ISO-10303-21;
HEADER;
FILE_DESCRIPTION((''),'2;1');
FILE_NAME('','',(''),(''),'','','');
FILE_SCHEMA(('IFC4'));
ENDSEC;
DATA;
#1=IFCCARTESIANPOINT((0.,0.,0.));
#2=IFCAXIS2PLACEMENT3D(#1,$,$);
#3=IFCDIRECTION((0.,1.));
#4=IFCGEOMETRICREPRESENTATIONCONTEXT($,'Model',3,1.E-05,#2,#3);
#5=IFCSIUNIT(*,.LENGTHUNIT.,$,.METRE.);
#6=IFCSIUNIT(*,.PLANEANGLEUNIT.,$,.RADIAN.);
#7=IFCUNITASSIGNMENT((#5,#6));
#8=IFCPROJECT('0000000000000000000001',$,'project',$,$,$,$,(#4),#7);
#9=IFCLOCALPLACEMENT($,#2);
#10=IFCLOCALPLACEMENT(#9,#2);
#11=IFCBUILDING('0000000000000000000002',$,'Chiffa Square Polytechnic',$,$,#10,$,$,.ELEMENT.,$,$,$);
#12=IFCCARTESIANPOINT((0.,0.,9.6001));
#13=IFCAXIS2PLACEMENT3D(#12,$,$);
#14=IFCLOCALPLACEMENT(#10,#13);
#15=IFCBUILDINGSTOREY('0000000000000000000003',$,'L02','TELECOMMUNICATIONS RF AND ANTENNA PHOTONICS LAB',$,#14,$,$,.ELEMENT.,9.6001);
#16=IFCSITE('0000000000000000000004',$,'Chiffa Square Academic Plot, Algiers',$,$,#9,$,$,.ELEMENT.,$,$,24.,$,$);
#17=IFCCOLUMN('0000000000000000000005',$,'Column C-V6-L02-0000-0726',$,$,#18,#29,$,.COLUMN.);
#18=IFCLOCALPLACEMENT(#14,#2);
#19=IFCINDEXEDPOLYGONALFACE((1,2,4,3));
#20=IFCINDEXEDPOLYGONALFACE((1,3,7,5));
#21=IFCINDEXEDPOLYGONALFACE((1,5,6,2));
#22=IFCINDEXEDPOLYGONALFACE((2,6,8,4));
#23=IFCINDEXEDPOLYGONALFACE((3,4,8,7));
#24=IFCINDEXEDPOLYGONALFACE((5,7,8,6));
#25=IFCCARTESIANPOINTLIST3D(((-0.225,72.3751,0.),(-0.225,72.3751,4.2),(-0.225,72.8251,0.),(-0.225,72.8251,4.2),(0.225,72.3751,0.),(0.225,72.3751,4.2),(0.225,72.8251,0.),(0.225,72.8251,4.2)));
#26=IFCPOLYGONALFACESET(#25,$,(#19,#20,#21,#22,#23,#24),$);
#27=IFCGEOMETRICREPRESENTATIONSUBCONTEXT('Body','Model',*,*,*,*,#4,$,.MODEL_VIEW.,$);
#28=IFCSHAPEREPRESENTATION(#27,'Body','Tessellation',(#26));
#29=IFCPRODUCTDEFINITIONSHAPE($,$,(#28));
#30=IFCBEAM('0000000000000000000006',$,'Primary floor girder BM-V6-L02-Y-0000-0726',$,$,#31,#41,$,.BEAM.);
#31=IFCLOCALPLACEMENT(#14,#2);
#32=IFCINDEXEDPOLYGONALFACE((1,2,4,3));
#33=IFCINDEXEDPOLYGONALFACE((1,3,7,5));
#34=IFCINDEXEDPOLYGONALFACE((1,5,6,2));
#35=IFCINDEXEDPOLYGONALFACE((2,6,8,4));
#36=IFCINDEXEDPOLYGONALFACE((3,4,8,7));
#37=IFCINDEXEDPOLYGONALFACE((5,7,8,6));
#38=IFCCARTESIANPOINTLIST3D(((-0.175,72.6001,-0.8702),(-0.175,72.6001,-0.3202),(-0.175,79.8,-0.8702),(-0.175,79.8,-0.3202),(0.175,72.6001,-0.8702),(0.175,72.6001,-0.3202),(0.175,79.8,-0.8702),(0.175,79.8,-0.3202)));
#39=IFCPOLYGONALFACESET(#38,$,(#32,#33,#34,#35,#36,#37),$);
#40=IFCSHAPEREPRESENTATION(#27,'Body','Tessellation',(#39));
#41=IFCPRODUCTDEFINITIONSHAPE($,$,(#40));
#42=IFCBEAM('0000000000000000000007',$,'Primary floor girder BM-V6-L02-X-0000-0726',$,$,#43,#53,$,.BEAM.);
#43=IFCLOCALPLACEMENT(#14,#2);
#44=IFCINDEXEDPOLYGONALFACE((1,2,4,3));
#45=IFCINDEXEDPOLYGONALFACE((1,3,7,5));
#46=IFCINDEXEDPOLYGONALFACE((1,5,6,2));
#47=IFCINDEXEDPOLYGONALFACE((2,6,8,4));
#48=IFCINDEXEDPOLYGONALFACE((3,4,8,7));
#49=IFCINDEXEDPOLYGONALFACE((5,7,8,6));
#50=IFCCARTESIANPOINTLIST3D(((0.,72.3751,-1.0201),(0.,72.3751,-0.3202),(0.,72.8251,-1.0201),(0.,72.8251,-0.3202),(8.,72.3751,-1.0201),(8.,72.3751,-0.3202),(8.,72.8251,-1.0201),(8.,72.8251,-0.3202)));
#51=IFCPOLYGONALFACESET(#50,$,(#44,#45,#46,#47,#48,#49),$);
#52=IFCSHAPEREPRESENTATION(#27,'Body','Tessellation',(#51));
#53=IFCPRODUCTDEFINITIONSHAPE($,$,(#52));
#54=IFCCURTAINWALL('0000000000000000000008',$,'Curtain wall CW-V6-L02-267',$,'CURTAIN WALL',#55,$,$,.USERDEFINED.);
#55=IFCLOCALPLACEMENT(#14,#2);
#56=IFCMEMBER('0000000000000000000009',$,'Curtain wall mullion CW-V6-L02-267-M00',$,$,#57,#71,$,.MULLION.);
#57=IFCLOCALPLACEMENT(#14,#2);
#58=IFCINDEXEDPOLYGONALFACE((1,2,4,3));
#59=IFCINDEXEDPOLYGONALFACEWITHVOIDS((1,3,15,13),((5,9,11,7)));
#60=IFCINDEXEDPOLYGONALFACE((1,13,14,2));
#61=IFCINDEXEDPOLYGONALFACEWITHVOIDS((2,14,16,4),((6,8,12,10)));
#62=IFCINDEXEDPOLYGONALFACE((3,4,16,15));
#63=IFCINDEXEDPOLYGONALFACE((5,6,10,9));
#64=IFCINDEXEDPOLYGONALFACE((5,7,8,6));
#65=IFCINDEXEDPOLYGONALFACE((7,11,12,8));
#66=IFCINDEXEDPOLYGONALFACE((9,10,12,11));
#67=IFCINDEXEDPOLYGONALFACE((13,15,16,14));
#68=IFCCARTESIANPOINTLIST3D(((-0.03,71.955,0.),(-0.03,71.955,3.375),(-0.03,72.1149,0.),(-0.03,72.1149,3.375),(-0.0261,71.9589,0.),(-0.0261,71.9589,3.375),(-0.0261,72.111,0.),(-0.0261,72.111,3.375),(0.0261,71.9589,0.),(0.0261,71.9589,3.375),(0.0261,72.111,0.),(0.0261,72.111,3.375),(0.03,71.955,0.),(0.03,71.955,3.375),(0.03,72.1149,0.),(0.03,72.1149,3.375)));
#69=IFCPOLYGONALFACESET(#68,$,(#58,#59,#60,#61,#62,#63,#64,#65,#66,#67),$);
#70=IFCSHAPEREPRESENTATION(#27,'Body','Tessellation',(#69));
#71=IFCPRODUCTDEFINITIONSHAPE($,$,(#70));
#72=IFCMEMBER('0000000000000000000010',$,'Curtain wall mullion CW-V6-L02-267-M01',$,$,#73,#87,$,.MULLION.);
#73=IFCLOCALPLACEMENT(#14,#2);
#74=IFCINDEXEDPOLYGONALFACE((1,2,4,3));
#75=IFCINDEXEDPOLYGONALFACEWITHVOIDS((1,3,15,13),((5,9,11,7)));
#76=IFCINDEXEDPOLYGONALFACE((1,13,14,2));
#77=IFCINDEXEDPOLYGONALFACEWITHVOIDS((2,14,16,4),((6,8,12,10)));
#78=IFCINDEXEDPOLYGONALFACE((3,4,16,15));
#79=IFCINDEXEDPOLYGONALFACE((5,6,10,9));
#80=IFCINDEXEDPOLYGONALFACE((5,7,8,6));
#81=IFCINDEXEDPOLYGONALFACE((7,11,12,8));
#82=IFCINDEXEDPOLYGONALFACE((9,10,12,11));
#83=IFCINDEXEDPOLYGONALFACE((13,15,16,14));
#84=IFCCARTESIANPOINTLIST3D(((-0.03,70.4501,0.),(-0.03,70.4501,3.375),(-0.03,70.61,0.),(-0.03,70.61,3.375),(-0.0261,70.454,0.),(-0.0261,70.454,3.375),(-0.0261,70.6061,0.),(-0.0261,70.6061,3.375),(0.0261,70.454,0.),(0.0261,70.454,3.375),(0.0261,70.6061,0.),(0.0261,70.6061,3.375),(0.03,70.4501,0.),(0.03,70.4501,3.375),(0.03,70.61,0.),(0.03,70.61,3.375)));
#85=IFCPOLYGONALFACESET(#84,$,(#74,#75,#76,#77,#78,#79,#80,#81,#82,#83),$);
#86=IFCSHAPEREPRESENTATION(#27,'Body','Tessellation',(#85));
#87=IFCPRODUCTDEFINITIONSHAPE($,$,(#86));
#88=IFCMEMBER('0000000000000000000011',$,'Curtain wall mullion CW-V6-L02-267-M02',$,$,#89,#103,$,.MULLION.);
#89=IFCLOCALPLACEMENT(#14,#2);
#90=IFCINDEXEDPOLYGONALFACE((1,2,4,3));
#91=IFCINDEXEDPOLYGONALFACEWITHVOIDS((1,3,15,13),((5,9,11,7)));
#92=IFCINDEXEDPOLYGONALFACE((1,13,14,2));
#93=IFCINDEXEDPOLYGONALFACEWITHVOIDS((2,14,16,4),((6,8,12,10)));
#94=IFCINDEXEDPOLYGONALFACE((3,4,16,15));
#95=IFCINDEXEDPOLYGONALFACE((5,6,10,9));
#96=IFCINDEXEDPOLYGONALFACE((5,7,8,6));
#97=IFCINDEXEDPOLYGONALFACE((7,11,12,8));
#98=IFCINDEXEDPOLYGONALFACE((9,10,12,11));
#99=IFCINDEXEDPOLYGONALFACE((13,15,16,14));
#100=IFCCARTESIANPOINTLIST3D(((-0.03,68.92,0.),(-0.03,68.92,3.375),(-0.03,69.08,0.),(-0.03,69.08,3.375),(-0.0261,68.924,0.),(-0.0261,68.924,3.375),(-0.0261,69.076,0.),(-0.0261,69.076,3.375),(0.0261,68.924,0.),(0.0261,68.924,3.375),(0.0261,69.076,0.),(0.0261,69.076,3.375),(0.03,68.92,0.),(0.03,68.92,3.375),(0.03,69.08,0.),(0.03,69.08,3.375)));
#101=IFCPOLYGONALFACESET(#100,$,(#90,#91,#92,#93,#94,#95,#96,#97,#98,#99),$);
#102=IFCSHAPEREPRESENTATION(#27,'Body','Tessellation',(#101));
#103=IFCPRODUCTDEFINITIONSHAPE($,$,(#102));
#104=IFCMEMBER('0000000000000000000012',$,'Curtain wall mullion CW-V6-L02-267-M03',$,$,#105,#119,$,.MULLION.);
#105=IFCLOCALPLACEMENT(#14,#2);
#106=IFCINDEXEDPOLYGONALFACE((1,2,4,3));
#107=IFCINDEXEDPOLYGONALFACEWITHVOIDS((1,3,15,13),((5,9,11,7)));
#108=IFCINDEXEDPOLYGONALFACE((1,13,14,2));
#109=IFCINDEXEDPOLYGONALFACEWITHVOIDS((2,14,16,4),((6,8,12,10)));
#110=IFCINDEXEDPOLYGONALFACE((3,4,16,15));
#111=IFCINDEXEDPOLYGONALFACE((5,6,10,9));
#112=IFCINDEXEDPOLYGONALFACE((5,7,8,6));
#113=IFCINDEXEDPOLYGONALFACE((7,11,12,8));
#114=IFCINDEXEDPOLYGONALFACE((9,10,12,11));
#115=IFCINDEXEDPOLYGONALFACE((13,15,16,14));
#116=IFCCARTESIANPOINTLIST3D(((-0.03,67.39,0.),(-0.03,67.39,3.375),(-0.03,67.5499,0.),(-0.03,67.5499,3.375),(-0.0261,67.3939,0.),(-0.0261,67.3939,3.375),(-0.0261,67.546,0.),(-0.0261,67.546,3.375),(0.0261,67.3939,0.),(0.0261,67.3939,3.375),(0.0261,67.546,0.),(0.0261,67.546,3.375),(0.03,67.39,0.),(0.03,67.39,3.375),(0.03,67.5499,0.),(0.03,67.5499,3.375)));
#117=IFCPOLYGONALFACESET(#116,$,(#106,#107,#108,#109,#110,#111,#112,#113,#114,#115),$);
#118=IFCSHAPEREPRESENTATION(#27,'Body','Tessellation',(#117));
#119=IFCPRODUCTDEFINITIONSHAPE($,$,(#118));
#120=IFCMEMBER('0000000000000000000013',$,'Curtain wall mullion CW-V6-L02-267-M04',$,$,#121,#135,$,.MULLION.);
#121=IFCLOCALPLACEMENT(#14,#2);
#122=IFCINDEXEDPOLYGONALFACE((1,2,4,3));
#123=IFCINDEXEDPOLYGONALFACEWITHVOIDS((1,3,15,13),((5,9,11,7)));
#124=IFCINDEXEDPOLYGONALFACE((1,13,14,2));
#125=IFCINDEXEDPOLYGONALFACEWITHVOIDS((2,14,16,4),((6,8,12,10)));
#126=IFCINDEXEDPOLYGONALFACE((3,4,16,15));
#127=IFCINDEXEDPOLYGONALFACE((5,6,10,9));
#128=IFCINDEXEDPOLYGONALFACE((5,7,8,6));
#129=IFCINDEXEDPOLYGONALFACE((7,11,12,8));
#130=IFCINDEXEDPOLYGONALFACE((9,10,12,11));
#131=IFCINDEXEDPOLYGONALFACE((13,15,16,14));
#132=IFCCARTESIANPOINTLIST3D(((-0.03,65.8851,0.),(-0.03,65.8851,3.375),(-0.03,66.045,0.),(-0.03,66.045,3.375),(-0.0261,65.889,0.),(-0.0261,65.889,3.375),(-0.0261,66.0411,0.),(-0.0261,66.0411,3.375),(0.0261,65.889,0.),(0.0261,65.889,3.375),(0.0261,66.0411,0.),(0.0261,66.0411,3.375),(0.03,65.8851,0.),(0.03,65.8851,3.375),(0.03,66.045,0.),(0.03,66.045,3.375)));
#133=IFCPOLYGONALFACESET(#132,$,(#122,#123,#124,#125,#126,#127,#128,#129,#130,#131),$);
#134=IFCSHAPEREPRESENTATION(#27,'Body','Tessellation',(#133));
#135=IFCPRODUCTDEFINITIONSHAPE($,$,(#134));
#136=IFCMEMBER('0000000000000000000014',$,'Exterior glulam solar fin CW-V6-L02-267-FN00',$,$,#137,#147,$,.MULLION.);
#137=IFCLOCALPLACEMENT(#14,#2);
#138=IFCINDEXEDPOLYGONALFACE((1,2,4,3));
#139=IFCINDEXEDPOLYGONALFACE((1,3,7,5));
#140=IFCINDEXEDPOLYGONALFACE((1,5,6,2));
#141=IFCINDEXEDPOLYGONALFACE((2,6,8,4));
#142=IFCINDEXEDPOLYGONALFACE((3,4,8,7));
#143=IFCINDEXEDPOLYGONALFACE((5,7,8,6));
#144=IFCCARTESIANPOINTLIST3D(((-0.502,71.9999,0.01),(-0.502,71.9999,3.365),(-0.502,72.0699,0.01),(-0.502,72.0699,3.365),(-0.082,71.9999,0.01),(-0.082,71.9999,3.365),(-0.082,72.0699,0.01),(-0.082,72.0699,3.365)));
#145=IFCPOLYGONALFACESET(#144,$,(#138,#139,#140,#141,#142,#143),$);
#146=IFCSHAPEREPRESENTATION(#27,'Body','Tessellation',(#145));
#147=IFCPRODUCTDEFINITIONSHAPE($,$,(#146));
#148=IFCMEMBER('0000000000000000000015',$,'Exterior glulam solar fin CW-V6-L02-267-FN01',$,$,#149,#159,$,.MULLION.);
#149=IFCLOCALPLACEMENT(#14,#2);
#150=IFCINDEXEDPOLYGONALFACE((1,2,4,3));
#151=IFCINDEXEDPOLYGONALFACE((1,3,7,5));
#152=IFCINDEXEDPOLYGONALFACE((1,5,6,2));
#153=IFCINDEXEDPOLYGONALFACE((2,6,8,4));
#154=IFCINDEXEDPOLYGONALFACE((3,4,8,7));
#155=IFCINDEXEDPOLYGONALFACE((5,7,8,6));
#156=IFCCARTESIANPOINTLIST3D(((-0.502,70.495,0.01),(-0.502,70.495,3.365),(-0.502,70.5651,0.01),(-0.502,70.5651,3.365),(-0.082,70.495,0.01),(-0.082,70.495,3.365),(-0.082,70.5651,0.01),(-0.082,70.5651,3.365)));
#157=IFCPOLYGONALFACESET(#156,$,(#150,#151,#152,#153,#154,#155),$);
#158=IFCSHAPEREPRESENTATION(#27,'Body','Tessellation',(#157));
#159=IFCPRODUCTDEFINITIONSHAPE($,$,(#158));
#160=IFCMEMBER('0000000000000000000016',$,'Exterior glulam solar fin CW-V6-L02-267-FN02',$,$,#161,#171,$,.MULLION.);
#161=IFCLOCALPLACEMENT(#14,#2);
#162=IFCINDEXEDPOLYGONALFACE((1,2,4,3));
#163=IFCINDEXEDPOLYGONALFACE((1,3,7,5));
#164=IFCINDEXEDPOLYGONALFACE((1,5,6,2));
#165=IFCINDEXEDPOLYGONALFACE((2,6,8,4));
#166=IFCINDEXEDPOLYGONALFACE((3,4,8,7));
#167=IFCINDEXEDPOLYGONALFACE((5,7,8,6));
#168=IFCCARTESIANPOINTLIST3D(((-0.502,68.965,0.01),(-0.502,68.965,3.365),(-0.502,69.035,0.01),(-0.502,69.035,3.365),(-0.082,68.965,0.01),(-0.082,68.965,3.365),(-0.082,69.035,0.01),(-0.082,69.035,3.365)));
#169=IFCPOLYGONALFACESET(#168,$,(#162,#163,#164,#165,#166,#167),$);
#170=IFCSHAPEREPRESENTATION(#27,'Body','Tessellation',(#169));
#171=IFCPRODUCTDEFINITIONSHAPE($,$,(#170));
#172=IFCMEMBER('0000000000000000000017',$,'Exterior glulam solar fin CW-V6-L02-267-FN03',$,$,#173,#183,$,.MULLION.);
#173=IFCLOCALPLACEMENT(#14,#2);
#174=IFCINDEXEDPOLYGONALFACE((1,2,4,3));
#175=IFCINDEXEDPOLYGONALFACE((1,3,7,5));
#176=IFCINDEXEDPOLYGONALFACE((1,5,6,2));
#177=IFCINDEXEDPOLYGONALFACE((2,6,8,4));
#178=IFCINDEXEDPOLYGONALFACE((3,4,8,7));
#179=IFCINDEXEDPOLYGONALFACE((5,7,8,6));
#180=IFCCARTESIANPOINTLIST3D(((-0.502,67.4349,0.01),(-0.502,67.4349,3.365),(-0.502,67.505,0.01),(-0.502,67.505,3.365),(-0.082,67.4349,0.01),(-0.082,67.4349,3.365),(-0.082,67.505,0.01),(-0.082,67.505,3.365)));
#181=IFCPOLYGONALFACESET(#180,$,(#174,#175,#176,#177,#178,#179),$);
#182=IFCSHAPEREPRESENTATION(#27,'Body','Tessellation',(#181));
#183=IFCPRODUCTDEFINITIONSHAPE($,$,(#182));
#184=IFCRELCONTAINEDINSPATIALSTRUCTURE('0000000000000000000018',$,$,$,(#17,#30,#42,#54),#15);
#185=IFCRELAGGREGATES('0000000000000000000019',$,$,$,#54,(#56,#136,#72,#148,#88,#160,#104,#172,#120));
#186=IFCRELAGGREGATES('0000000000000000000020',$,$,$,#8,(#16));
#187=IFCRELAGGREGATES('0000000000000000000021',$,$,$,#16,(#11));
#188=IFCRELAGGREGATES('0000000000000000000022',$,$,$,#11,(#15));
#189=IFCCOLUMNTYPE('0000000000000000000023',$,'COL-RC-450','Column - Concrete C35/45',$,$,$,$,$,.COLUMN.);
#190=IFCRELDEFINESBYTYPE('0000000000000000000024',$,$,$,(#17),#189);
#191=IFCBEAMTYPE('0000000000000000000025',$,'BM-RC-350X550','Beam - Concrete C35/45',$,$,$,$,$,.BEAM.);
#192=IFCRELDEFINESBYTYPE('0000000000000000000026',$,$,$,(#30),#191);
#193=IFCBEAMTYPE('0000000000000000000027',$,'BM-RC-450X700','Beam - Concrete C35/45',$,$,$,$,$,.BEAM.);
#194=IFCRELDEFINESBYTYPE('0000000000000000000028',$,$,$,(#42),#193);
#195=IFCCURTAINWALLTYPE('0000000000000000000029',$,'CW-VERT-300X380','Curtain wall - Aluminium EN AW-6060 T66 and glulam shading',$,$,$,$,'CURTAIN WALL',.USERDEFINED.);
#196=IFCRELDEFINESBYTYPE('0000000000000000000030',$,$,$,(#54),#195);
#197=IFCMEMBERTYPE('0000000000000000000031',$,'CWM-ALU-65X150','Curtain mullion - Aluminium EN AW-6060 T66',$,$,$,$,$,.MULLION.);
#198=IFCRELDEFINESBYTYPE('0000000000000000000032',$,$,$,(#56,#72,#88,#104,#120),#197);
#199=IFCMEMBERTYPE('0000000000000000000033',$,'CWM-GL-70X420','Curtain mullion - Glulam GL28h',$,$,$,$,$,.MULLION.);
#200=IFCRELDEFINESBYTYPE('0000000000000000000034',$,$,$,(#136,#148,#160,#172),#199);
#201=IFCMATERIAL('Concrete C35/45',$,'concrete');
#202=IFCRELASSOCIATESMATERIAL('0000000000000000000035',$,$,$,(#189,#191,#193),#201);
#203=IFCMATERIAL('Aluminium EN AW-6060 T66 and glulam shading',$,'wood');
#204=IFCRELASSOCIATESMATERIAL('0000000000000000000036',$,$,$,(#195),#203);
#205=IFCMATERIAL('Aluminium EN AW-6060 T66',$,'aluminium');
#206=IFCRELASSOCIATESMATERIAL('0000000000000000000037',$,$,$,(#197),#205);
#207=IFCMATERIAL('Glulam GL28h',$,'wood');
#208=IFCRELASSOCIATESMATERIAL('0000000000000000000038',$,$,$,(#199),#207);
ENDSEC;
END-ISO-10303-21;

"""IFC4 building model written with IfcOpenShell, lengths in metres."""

from ifc_helpers import new_model, si_unit, direction, frame, origin, origin_2d, place, context, subcontext, project, spatial, rectangle, hollow_rectangle, extrude, material, material_profile, profile_set, type_object, element, aggregate, save


model = new_model("IFC4")

# Units and contexts
model_context = context("Model", 3, precision=1e-05, world=origin(), true_north=direction((0.0, 1.0)))
body_context = subcontext(model_context, "Body", "Model", "MODEL_VIEW")
ifc_project = project(units=[si_unit("LENGTHUNIT", "METRE"), si_unit("PLANEANGLEUNIT", "RADIAN")], contexts=[model_context])

# Site, building, storey
site_placement = place(None, origin())
site = spatial("IfcSite", under=ifc_project, at=site_placement, Name="Chiffa Square Academic Plot, Algiers", CompositionType="ELEMENT", RefElevation=24.0)
building_placement = place(site_placement, origin())
building = spatial("IfcBuilding", under=site, at=building_placement, Name="Chiffa Square Polytechnic", CompositionType="ELEMENT")
storey_placement = place(building_placement, frame((0.0, 0.0, 9.6001)))
storey = spatial("IfcBuildingStorey", under=building, at=storey_placement, Name="L02", Description="TELECOMMUNICATIONS RF AND ANTENNA PHOTONICS LAB", CompositionType="ELEMENT", Elevation=9.6001)

# Column
ifc_material_1 = material(Name="Concrete C35/45", Category="concrete")
ifc_material_profile_1 = material_profile(ifc_material_1, rectangle(XDim=0.45, YDim=0.45, at=origin_2d()), Name="RC 450x450")
ifc_profile_set_1 = profile_set([ifc_material_profile_1], Name="Concrete C35/45")
column_type = type_object("IfcColumnType", Name="COL-RC-450", Description="Column - Concrete C35/45", PredefinedType="COLUMN", material=ifc_profile_set_1)
column_placement = place(storey_placement, frame((0.0, 72.6001, 0.0), z_axis=(0.0, 0.0, 1.0), x_axis=(1.0, 0.0, 0.0)))
element("IfcColumn", 1, at=column_placement, inside=storey, type_object=column_type, Name="Column C-V6-L02-0000-0726", PredefinedType="COLUMN", context=body_context, shape_type="SweptSolid", body=[
    extrude(rectangle(XDim=0.45, YDim=0.45, at=origin_2d()), origin(), (0.0, 0.0, 1.0), 4.2),
])

# Beams
ifc_material_profile_2 = material_profile(ifc_material_1, rectangle(XDim=0.3501, YDim=0.55, at=origin_2d()), Name="RC 350x550")
ifc_profile_set_2 = profile_set([ifc_material_profile_2], Name="Concrete C35/45")
beam_type_1 = type_object("IfcBeamType", Name="BM-RC-350X550", Description="Beam - Concrete C35/45", PredefinedType="BEAM", material=ifc_profile_set_2)
beam_1_placement = place(storey_placement, frame((0.0, 72.6001, -0.5952), z_axis=(0.0, 1.0, 0.0), x_axis=(-1.0, 0.0, 0.0)))
element("IfcBeam", 2, at=beam_1_placement, inside=storey, type_object=beam_type_1, Name="Primary floor girder BM-V6-L02-Y-0000-0726", PredefinedType="BEAM", context=body_context, shape_type="SweptSolid", body=[
    extrude(rectangle(XDim=0.3501, YDim=0.55, at=origin_2d()), origin(), (0.0, 0.0, 1.0), 7.2),
])
ifc_material_profile_3 = material_profile(ifc_material_1, rectangle(XDim=0.45, YDim=0.7, at=origin_2d()), Name="RC 450x700")
ifc_profile_set_3 = profile_set([ifc_material_profile_3], Name="Concrete C35/45")
beam_type_2 = type_object("IfcBeamType", Name="BM-RC-450X700", Description="Beam - Concrete C35/45", PredefinedType="BEAM", material=ifc_profile_set_3)
beam_2_placement = place(storey_placement, frame((0.0, 72.6001, -0.6702), z_axis=(1.0, 0.0, 0.0), x_axis=(0.0, 1.0, 0.0)))
element("IfcBeam", 3, at=beam_2_placement, inside=storey, type_object=beam_type_2, Name="Primary floor girder BM-V6-L02-X-0000-0726", PredefinedType="BEAM", context=body_context, shape_type="SweptSolid", body=[
    extrude(rectangle(XDim=0.45, YDim=0.7, at=origin_2d()), origin(), (0.0, 0.0, 1.0), 8.0),
])

# Curtain wall, members
ifc_material_2 = material(Name="Aluminium EN AW-6060 T66 and glulam shading", Category="wood")
curtain_wall_type = type_object("IfcCurtainWallType", Name="CW-VERT-300X380", Description="Curtain wall - Aluminium EN AW-6060 T66 and glulam shading", ElementType="CURTAIN WALL", PredefinedType="USERDEFINED", material=ifc_material_2)
curtain_wall_placement = place(storey_placement, origin())
curtain_wall = element("IfcCurtainWall", 4, at=curtain_wall_placement, inside=storey, type_object=curtain_wall_type, Name="Curtain wall CW-V6-L02-267", ObjectType="CURTAIN WALL", PredefinedType="USERDEFINED")
ifc_material_3 = material(Name="Aluminium EN AW-6060 T66", Category="aluminium")
ifc_material_profile_4 = material_profile(ifc_material_3, hollow_rectangle(XDim=0.0601, YDim=0.1599, WallThickness=0.0039, at=origin_2d()), Name="ALU 60x160x4")
ifc_profile_set_4 = profile_set([ifc_material_profile_4], Name="Aluminium EN AW-6060 T66")
member_type_1 = type_object("IfcMemberType", Name="CWM-ALU-65X150", Description="Curtain mullion - Aluminium EN AW-6060 T66", PredefinedType="MULLION", material=ifc_profile_set_4)
member_1_placement = place(storey_placement, frame((0.0, 72.0349, 0.0), z_axis=(0.0, 0.0, 1.0), x_axis=(1.0, 0.0, 0.0)))
member_1 = element("IfcMember", 5, at=member_1_placement, type_object=member_type_1, Name="Curtain wall mullion CW-V6-L02-267-M00", PredefinedType="MULLION", context=body_context, shape_type="SweptSolid", body=[
    extrude(hollow_rectangle(XDim=0.0601, YDim=0.1599, WallThickness=0.0039, at=origin_2d()), origin(), (0.0, 0.0, 1.0), 3.375),
])
member_2_placement = place(storey_placement, frame((0.0, 70.53, 0.0), z_axis=(0.0, 0.0, 1.0), x_axis=(1.0, 0.0, 0.0)))
member_2 = element("IfcMember", 6, at=member_2_placement, type_object=member_type_1, Name="Curtain wall mullion CW-V6-L02-267-M01", PredefinedType="MULLION", context=body_context, shape_type="SweptSolid", body=[
    extrude(hollow_rectangle(XDim=0.0601, YDim=0.1599, WallThickness=0.0039, at=origin_2d()), origin(), (0.0, 0.0, 1.0), 3.375),
])
member_3_placement = place(storey_placement, frame((0.0, 69.0, 0.0), z_axis=(0.0, 0.0, 1.0), x_axis=(1.0, 0.0, 0.0)))
member_3 = element("IfcMember", 7, at=member_3_placement, type_object=member_type_1, Name="Curtain wall mullion CW-V6-L02-267-M02", PredefinedType="MULLION", context=body_context, shape_type="SweptSolid", body=[
    extrude(hollow_rectangle(XDim=0.0601, YDim=0.1599, WallThickness=0.0039, at=origin_2d()), origin(), (0.0, 0.0, 1.0), 3.375),
])
member_4_placement = place(storey_placement, frame((0.0, 67.47, 0.0), z_axis=(0.0, 0.0, 1.0), x_axis=(1.0, 0.0, 0.0)))
member_4 = element("IfcMember", 8, at=member_4_placement, type_object=member_type_1, Name="Curtain wall mullion CW-V6-L02-267-M03", PredefinedType="MULLION", context=body_context, shape_type="SweptSolid", body=[
    extrude(hollow_rectangle(XDim=0.0601, YDim=0.1599, WallThickness=0.0039, at=origin_2d()), origin(), (0.0, 0.0, 1.0), 3.375),
])
member_5_placement = place(storey_placement, frame((0.0, 65.9651, 0.0), z_axis=(0.0, 0.0, 1.0), x_axis=(1.0, 0.0, 0.0)))
member_5 = element("IfcMember", 9, at=member_5_placement, type_object=member_type_1, Name="Curtain wall mullion CW-V6-L02-267-M04", PredefinedType="MULLION", context=body_context, shape_type="SweptSolid", body=[
    extrude(hollow_rectangle(XDim=0.0601, YDim=0.1599, WallThickness=0.0039, at=origin_2d()), origin(), (0.0, 0.0, 1.0), 3.375),
])
ifc_material_4 = material(Name="Glulam GL28h", Category="wood")
ifc_material_profile_5 = material_profile(ifc_material_4, rectangle(XDim=0.0701, YDim=0.4199, at=origin_2d()), Name="GL28h 70x420")
ifc_profile_set_5 = profile_set([ifc_material_profile_5], Name="Glulam GL28h")
member_type_2 = type_object("IfcMemberType", Name="CWM-GL-70X420", Description="Curtain mullion - Glulam GL28h", PredefinedType="MULLION", material=ifc_profile_set_5)
member_6_placement = place(storey_placement, frame((-0.292, 72.0349, 0.01), z_axis=(0.0, 0.0, 1.0), x_axis=(0.0, -1.0, 0.0)))
member_6 = element("IfcMember", 10, at=member_6_placement, type_object=member_type_2, Name="Exterior glulam solar fin CW-V6-L02-267-FN00", PredefinedType="MULLION", context=body_context, shape_type="SweptSolid", body=[
    extrude(rectangle(XDim=0.0701, YDim=0.4199, at=origin_2d()), origin(), (0.0, 0.0, 1.0), 3.355),
])
member_7_placement = place(storey_placement, frame((-0.292, 70.53, 0.01), z_axis=(0.0, 0.0, 1.0), x_axis=(0.0, -1.0, 0.0)))
member_7 = element("IfcMember", 11, at=member_7_placement, type_object=member_type_2, Name="Exterior glulam solar fin CW-V6-L02-267-FN01", PredefinedType="MULLION", context=body_context, shape_type="SweptSolid", body=[
    extrude(rectangle(XDim=0.0701, YDim=0.4199, at=origin_2d()), origin(), (0.0, 0.0, 1.0), 3.355),
])
member_8_placement = place(storey_placement, frame((-0.292, 69.0, 0.01), z_axis=(0.0, 0.0, 1.0), x_axis=(0.0, -1.0, 0.0)))
member_8 = element("IfcMember", 12, at=member_8_placement, type_object=member_type_2, Name="Exterior glulam solar fin CW-V6-L02-267-FN02", PredefinedType="MULLION", context=body_context, shape_type="SweptSolid", body=[
    extrude(rectangle(XDim=0.0701, YDim=0.4199, at=origin_2d()), origin(), (0.0, 0.0, 1.0), 3.355),
])
member_9_placement = place(storey_placement, frame((-0.292, 67.47, 0.01), z_axis=(0.0, 0.0, 1.0), x_axis=(0.0, -1.0, 0.0)))
member_9 = element("IfcMember", 13, at=member_9_placement, type_object=member_type_2, Name="Exterior glulam solar fin CW-V6-L02-267-FN03", PredefinedType="MULLION", context=body_context, shape_type="SweptSolid", body=[
    extrude(rectangle(XDim=0.0701, YDim=0.4199, at=origin_2d()), origin(), (0.0, 0.0, 1.0), 3.355),
])

aggregate(curtain_wall, [member_1, member_6, member_2, member_7, member_3, member_8, member_4, member_9, member_5])

save(model, "model.ifc")
